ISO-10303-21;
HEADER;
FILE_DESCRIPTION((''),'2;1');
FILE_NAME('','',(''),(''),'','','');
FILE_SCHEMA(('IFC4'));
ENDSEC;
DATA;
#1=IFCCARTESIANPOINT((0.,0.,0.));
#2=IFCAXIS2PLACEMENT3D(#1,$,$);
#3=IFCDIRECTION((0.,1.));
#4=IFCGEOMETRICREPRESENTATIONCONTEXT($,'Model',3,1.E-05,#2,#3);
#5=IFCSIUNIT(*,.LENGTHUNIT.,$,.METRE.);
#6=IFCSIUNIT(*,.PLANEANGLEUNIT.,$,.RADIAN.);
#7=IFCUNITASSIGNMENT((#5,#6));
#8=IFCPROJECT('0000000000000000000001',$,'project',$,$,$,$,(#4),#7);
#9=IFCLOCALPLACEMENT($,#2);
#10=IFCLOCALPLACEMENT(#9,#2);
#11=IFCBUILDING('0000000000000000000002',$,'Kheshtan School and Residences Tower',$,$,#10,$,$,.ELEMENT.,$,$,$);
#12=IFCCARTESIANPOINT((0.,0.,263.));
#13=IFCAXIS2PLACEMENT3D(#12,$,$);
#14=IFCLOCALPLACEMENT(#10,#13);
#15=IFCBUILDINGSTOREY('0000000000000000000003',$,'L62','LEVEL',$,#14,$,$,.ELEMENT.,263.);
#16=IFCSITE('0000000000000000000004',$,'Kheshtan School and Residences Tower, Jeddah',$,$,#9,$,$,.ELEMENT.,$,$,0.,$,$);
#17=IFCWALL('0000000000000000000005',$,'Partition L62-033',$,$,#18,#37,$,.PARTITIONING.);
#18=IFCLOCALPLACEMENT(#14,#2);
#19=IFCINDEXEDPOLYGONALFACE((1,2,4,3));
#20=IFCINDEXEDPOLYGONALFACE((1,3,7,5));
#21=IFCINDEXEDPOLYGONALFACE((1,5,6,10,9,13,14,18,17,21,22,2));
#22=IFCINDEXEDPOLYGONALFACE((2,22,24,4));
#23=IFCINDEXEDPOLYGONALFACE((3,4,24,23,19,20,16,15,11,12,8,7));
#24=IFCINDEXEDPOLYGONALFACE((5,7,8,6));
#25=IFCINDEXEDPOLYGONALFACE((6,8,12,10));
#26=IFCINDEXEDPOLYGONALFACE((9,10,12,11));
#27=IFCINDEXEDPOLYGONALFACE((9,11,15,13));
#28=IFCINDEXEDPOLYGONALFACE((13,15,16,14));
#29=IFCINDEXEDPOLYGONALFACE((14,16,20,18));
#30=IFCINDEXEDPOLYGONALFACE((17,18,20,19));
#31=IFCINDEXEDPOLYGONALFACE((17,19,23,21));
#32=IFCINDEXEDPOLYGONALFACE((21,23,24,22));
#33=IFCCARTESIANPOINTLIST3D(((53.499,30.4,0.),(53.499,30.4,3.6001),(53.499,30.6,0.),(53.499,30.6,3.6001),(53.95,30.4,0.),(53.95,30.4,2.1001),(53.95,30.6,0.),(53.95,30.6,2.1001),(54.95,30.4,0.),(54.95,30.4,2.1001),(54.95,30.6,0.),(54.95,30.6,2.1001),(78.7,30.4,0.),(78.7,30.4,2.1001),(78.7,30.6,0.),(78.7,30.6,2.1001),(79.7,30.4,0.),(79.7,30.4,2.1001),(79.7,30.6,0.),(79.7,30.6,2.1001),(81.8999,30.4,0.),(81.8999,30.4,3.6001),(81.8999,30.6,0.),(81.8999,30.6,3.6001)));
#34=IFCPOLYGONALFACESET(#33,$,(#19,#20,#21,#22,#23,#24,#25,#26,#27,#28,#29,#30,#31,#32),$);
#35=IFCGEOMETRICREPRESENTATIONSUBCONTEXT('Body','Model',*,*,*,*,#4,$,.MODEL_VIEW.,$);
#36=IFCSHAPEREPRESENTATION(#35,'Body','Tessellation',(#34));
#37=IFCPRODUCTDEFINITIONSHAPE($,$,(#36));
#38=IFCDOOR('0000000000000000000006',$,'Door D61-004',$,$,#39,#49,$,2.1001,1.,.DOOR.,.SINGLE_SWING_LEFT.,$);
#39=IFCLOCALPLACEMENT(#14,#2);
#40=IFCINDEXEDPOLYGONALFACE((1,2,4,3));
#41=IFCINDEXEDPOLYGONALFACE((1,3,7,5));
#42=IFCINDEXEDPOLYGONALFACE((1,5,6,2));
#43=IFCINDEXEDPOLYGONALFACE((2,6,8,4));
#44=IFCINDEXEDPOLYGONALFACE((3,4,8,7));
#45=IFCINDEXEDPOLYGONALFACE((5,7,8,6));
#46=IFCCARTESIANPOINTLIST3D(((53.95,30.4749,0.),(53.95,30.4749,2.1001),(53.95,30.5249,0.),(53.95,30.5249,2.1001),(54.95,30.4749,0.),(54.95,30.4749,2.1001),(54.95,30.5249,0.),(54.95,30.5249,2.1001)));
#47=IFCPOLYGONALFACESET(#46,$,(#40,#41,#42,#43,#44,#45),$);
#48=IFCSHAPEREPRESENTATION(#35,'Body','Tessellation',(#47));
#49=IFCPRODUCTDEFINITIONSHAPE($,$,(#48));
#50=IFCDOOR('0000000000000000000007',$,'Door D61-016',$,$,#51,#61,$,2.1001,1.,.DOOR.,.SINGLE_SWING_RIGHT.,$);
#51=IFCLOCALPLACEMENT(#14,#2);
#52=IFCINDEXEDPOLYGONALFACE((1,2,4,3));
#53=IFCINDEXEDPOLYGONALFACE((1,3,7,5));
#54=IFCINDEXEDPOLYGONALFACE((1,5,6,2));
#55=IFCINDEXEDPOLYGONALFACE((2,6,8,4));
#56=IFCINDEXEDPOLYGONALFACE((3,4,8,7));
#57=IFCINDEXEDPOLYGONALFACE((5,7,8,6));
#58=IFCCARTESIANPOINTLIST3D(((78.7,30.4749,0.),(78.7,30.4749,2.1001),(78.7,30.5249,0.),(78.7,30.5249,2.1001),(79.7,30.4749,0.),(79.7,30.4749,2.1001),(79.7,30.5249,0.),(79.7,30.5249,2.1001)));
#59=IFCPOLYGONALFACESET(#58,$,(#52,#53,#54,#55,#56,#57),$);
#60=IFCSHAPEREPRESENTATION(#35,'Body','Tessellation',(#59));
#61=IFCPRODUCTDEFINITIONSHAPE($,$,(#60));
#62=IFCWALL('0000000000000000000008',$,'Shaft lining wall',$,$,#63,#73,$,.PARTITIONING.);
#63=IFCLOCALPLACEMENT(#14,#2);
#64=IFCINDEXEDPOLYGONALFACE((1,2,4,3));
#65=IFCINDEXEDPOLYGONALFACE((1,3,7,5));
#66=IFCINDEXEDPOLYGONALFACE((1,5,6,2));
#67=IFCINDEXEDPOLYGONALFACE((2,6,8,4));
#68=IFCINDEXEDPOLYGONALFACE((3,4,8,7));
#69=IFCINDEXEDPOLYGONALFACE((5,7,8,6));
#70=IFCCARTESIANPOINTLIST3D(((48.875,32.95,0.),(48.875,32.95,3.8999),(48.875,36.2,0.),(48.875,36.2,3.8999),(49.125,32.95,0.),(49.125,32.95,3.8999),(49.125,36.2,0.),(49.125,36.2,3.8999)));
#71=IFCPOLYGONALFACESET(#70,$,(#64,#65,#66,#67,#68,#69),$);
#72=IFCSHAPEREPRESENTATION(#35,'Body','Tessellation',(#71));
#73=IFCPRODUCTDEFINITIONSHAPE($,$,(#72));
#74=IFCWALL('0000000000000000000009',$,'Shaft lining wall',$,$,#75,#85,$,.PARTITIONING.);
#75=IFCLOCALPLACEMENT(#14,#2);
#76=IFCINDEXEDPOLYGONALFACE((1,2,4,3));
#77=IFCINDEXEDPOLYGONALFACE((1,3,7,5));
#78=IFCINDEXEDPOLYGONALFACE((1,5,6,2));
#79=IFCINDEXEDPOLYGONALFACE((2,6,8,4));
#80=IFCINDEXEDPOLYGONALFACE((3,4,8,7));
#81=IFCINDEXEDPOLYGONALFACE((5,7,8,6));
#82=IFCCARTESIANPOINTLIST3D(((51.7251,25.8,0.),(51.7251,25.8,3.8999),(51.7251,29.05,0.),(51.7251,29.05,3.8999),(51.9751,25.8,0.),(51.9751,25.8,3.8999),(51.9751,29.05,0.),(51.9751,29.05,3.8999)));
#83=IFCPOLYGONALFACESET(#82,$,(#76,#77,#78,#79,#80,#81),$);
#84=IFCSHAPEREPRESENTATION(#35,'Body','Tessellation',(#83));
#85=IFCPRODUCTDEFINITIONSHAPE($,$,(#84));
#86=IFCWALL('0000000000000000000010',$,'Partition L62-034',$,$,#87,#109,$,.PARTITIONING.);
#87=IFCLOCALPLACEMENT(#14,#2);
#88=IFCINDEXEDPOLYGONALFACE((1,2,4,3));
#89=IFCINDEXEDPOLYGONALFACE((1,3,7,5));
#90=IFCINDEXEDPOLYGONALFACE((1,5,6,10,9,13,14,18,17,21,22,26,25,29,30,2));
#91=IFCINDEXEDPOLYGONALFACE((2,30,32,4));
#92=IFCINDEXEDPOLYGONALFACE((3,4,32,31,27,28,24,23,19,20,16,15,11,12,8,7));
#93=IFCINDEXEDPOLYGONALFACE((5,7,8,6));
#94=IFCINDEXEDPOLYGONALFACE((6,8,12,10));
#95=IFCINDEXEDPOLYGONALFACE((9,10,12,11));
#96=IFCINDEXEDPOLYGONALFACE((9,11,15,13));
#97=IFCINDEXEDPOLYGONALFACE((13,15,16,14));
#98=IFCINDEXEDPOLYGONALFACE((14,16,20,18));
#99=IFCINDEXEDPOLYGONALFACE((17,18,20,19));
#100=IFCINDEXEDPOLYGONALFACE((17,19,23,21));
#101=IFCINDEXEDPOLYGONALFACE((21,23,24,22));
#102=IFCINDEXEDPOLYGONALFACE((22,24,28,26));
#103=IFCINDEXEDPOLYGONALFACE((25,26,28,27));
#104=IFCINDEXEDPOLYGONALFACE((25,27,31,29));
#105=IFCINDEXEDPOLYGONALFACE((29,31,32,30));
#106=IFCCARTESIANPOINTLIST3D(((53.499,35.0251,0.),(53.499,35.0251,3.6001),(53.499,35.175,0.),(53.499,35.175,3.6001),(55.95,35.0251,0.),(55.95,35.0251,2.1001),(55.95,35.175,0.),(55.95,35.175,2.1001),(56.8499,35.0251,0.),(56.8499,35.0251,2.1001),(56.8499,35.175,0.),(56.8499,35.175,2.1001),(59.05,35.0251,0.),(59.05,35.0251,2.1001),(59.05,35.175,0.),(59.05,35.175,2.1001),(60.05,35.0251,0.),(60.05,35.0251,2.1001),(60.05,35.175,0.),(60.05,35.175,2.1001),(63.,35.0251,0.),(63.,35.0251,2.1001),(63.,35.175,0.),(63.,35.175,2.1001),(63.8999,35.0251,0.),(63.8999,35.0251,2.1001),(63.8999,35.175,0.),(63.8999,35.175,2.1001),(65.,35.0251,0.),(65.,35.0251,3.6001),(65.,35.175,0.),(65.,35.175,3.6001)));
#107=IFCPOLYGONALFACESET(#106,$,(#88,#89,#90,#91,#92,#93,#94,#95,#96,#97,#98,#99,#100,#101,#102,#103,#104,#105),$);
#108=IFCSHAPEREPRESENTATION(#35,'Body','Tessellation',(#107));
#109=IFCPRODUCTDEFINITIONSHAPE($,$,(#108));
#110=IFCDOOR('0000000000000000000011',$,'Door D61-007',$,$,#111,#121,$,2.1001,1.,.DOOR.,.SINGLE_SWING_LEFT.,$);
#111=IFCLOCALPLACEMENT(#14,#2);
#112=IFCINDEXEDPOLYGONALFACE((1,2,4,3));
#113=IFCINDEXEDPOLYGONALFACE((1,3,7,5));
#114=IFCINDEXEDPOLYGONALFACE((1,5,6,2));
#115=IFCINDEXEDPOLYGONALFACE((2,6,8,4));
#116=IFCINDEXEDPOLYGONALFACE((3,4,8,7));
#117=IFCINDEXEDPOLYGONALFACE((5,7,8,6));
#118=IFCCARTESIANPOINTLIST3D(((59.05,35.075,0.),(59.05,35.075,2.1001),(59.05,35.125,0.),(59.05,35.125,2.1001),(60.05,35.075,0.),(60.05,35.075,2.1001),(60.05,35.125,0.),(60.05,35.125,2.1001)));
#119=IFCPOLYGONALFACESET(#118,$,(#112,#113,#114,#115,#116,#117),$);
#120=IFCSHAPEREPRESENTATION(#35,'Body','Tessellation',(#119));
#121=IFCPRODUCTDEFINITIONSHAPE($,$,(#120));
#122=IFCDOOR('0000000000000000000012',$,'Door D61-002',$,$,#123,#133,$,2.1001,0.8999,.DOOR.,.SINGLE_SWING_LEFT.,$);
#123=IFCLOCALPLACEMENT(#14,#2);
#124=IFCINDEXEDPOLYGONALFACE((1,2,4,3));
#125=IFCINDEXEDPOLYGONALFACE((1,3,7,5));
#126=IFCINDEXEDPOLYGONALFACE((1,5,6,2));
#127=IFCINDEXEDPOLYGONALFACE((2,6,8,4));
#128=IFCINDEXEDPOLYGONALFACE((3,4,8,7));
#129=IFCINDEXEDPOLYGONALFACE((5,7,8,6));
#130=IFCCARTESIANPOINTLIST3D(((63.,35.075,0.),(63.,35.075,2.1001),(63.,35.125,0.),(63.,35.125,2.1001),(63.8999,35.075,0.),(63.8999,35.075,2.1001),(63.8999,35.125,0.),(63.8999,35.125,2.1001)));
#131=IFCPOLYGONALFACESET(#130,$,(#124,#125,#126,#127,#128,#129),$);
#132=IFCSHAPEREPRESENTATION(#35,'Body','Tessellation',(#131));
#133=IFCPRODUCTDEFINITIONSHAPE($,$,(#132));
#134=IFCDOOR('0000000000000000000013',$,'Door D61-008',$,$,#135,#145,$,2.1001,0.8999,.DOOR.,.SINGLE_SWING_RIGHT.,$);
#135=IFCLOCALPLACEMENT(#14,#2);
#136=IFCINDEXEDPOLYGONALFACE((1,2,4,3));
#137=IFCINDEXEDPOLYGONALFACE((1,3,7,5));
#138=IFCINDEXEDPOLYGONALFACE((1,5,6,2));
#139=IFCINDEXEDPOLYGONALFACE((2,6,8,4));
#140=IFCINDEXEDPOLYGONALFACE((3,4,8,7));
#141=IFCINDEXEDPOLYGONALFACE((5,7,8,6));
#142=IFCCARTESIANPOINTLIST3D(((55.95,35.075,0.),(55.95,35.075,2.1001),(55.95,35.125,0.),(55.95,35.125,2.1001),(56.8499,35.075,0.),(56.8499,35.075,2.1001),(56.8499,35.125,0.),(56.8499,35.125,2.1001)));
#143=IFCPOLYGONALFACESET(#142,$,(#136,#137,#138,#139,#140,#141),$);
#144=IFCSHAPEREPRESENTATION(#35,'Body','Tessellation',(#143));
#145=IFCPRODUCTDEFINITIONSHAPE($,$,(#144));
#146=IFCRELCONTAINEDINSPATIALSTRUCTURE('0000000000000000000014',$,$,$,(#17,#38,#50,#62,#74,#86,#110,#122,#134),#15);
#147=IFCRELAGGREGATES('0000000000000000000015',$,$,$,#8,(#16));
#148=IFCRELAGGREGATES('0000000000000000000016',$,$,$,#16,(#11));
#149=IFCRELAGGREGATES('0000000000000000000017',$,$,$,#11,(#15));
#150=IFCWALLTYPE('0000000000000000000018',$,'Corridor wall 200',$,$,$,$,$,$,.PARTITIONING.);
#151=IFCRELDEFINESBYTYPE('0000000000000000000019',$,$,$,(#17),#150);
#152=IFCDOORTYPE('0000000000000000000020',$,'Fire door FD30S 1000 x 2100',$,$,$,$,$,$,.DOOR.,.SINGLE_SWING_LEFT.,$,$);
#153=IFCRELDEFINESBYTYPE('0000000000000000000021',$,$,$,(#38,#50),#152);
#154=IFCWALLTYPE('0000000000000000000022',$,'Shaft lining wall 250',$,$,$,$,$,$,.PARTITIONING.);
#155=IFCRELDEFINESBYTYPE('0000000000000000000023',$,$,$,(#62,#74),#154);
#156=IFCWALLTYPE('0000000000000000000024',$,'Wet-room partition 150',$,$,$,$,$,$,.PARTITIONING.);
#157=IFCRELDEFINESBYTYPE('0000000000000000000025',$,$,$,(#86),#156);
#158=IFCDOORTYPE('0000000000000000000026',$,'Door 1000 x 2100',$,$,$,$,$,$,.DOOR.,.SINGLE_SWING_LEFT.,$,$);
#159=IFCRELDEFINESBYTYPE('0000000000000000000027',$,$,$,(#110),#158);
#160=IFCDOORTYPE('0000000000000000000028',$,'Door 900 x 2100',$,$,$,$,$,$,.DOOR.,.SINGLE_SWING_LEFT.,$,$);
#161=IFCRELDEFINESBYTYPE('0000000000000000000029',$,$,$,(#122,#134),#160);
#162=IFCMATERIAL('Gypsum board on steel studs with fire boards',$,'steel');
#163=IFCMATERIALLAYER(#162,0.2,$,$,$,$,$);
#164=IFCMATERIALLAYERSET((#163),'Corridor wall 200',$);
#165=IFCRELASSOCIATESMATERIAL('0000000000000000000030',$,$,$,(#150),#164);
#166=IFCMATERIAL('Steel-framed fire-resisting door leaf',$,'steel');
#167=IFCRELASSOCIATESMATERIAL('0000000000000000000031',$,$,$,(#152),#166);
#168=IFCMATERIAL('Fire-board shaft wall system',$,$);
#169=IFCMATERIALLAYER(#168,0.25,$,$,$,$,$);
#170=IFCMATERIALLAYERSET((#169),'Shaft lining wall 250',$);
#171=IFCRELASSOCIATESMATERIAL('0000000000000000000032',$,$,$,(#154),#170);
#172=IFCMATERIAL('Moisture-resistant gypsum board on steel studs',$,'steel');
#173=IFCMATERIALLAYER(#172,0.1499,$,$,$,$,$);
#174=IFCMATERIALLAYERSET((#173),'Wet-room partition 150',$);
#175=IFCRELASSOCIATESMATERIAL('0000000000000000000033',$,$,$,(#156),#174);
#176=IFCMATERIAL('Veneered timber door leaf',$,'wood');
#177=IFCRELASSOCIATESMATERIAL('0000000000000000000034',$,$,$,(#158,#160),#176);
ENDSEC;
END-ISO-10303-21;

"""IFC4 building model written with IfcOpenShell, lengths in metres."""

from ifc_helpers import new_model, si_unit, direction, frame, frame_2d, origin, place, context, subcontext, project, spatial, rectangle, extrude, source, transform, mapped, material, layer, layer_set, type_object, element, fill, save


model = new_model("IFC4")

# Units and contexts
model_context = context("Model", 3, precision=1e-05, world=origin(), true_north=direction((0.0, 1.0)))
body_context = subcontext(model_context, "Body", "Model", "MODEL_VIEW")
ifc_project = project(units=[si_unit("LENGTHUNIT", "METRE"), si_unit("PLANEANGLEUNIT", "RADIAN")], contexts=[model_context])

# Site, building, storey
site_placement = place(None, origin())
site = spatial("IfcSite", under=ifc_project, at=site_placement, Name="Kheshtan School and Residences Tower, Jeddah", CompositionType="ELEMENT", RefElevation=0.0)
building_placement = place(site_placement, origin())
building = spatial("IfcBuilding", under=site, at=building_placement, Name="Kheshtan School and Residences Tower", CompositionType="ELEMENT")
storey_placement = place(building_placement, frame((0.0, 0.0, 263.0)))
storey = spatial("IfcBuildingStorey", under=building, at=storey_placement, Name="L62", Description="LEVEL", CompositionType="ELEMENT", Elevation=263.0)

# Wall, openings, doors
ifc_material_1 = material(Name="Gypsum board on steel studs with fire boards", Category="steel")
ifc_layer_1 = layer(ifc_material_1, 0.2)
ifc_layer_set_1 = layer_set([ifc_layer_1], Name="Corridor wall 200")
wall_type_1 = type_object("IfcWallType", Name="Corridor wall 200", PredefinedType="PARTITIONING", material=ifc_layer_set_1)
wall_1_placement = place(storey_placement, frame((53.499, 30.5, 0.0), z_axis=(0.0, 0.0, 1.0), x_axis=(1.0, 0.0, 0.0)))
wall_1 = element("IfcWall", 1, at=wall_1_placement, inside=storey, type_object=wall_type_1, Name="Partition L62-033", PredefinedType="PARTITIONING", context=body_context, shape_type="SweptSolid", body=[
    extrude(rectangle(XDim=28.4009, YDim=0.2, at=frame_2d((14.2004, 0.0))), origin(), (0.0, 0.0, 1.0), 3.6001),
])
opening_1_placement = place(wall_1_placement, frame((0.4509, 0.0, 0.0)))
opening_1 = element("IfcOpeningElement", 2, at=opening_1_placement, cuts=wall_1, PredefinedType="OPENING", context=body_context, shape_type="SweptSolid", body=[
    extrude(rectangle(XDim=1.0, YDim=2.1001, at=frame_2d((0.5, 1.05))), frame((0.0, 0.1099, 0.0), z_axis=(0.0, -1.0, 0.0), x_axis=(1.0, 0.0, 0.0)), (0.0, 0.0, 1.0), 0.22),
])
opening_2_placement = place(wall_1_placement, frame((25.2009, 0.0, 0.0)))
opening_2 = element("IfcOpeningElement", 3, at=opening_2_placement, cuts=wall_1, PredefinedType="OPENING", context=body_context, shape_type="SweptSolid", body=[
    extrude(rectangle(XDim=1.0, YDim=2.1001, at=frame_2d((0.5, 1.05))), frame((0.0, 0.1099, 0.0), z_axis=(0.0, -1.0, 0.0), x_axis=(1.0, 0.0, 0.0)), (0.0, 0.0, 1.0), 0.22),
])
ifc_material_2 = material(Name="Steel-framed fire-resisting door leaf", Category="steel")
door_type_1 = type_object("IfcDoorType", Name="Fire door FD30S 1000 x 2100", OperationType="SINGLE_SWING_LEFT", PredefinedType="DOOR", material=ifc_material_2)
shared_shape_1 = source(origin(), body_context, "Body", "SweptSolid", [
    extrude(rectangle(XDim=1.0, YDim=2.1001, at=frame_2d((0.5, 1.05))), frame((0.0, 0.0249, 0.0), z_axis=(0.0, -1.0, 0.0), x_axis=(1.0, 0.0, 0.0)), (0.0, 0.0, 1.0), 0.05),
])
door_1_placement = place(opening_1_placement, origin())
door_1 = element("IfcDoor", 4, at=door_1_placement, inside=storey, type_object=door_type_1, Name="Door D61-004", OperationType="SINGLE_SWING_LEFT", OverallHeight=2.1001, OverallWidth=1.0, PredefinedType="DOOR", context=body_context, shape_type="MappedRepresentation", body=[
    mapped(shared_shape_1, transform((0.0, 0.0, 0.0), x_axis=(1.0, 0.0, 0.0), y_axis=(0.0, 1.0, 0.0), z_axis=(0.0, 0.0, 1.0), scale=1.0)),
])
fill(opening_1, door_1)
door_2_placement = place(opening_2_placement, origin())
door_2 = element("IfcDoor", 5, at=door_2_placement, inside=storey, type_object=door_type_1, Name="Door D61-016", OperationType="SINGLE_SWING_RIGHT", OverallHeight=2.1001, OverallWidth=1.0, PredefinedType="DOOR", context=body_context, shape_type="MappedRepresentation", body=[
    mapped(shared_shape_1, transform((0.0, 0.0, 0.0), x_axis=(1.0, 0.0, 0.0), y_axis=(0.0, 1.0, 0.0), z_axis=(0.0, 0.0, 1.0), scale=1.0)),
])
fill(opening_2, door_2)

# Walls
ifc_material_3 = material(Name="Fire-board shaft wall system")
ifc_layer_2 = layer(ifc_material_3, 0.25)
ifc_layer_set_2 = layer_set([ifc_layer_2], Name="Shaft lining wall 250")
wall_type_2 = type_object("IfcWallType", Name="Shaft lining wall 250", PredefinedType="PARTITIONING", material=ifc_layer_set_2)
for number, where, z_axis, x_axis, name in (
    (6, (49.0, 32.95, 0.0), (0.0, 0.0, 1.0), (0.0, 1.0, 0.0), "Shaft lining wall"),
    (7, (51.8501, 25.8, 0.0), (0.0, 0.0, 1.0), (0.0, 1.0, 0.0), "Shaft lining wall"),
):
    element("IfcWall", number, at=place(storey_placement, frame(where, z_axis=z_axis, x_axis=x_axis)), inside=storey, type_object=wall_type_2, Name=name, PredefinedType="PARTITIONING", context=body_context, shape_type="SweptSolid", body=[
        extrude(rectangle(XDim=3.25, YDim=0.25, at=frame_2d((1.625, 0.0))), origin(), (0.0, 0.0, 1.0), 3.8999),
    ])

# Wall, openings, doors
ifc_material_4 = material(Name="Moisture-resistant gypsum board on steel studs", Category="steel")
ifc_layer_3 = layer(ifc_material_4, 0.1499)
ifc_layer_set_3 = layer_set([ifc_layer_3], Name="Wet-room partition 150")
wall_type_3 = type_object("IfcWallType", Name="Wet-room partition 150", PredefinedType="PARTITIONING", material=ifc_layer_set_3)
wall_2_placement = place(storey_placement, frame((53.499, 35.1001, 0.0), z_axis=(0.0, 0.0, 1.0), x_axis=(1.0, 0.0, 0.0)))
wall_2 = element("IfcWall", 8, at=wall_2_placement, inside=storey, type_object=wall_type_3, Name="Partition L62-034", PredefinedType="PARTITIONING", context=body_context, shape_type="SweptSolid", body=[
    extrude(rectangle(XDim=11.501, YDim=0.1499, at=frame_2d((5.7505, 0.0))), origin(), (0.0, 0.0, 1.0), 3.6001),
])
opening_3_placement = place(wall_2_placement, frame((9.501, 0.0, 0.0)))
opening_3 = element("IfcOpeningElement", 9, at=opening_3_placement, cuts=wall_2, PredefinedType="OPENING", context=body_context, shape_type="SweptSolid", body=[
    extrude(rectangle(XDim=0.8999, YDim=2.1001, at=frame_2d((0.45, 1.05))), frame((0.0, 0.085, 0.0), z_axis=(0.0, -1.0, 0.0), x_axis=(1.0, 0.0, 0.0)), (0.0, 0.0, 1.0), 0.1699),
])
opening_4_placement = place(wall_2_placement, frame((5.551, 0.0, 0.0)))
opening_4 = element("IfcOpeningElement", 10, at=opening_4_placement, cuts=wall_2, PredefinedType="OPENING", context=body_context, shape_type="SweptSolid", body=[
    extrude(rectangle(XDim=1.0, YDim=2.1001, at=frame_2d((0.5, 1.05))), frame((0.0, 0.085, 0.0), z_axis=(0.0, -1.0, 0.0), x_axis=(1.0, 0.0, 0.0)), (0.0, 0.0, 1.0), 0.1699),
])
opening_5_placement = place(wall_2_placement, frame((2.4509, 0.0, 0.0)))
opening_5 = element("IfcOpeningElement", 11, at=opening_5_placement, cuts=wall_2, PredefinedType="OPENING", context=body_context, shape_type="SweptSolid", body=[
    extrude(rectangle(XDim=0.8999, YDim=2.1001, at=frame_2d((0.45, 1.05))), frame((0.0, 0.085, 0.0), z_axis=(0.0, -1.0, 0.0), x_axis=(1.0, 0.0, 0.0)), (0.0, 0.0, 1.0), 0.1699),
])
ifc_material_5 = material(Name="Veneered timber door leaf", Category="wood")
door_type_2 = type_object("IfcDoorType", Name="Door 1000 x 2100", OperationType="SINGLE_SWING_LEFT", PredefinedType="DOOR", material=ifc_material_5)
shared_shape_2 = source(origin(), body_context, "Body", "SweptSolid", [
    extrude(rectangle(XDim=1.0, YDim=2.1001, at=frame_2d((0.5, 1.05))), frame((0.0, 0.0249, 0.0), z_axis=(0.0, -1.0, 0.0), x_axis=(1.0, 0.0, 0.0)), (0.0, 0.0, 1.0), 0.05),
])
door_3_placement = place(opening_4_placement, origin())
door_3 = element("IfcDoor", 12, at=door_3_placement, inside=storey, type_object=door_type_2, Name="Door D61-007", OperationType="SINGLE_SWING_LEFT", OverallHeight=2.1001, OverallWidth=1.0, PredefinedType="DOOR", context=body_context, shape_type="MappedRepresentation", body=[
    mapped(shared_shape_2, transform((0.0, 0.0, 0.0), x_axis=(1.0, 0.0, 0.0), y_axis=(0.0, 1.0, 0.0), z_axis=(0.0, 0.0, 1.0), scale=1.0)),
])
fill(opening_4, door_3)
door_type_3 = type_object("IfcDoorType", Name="Door 900 x 2100", OperationType="SINGLE_SWING_LEFT", PredefinedType="DOOR", material=ifc_material_5)
shared_shape_3 = source(origin(), body_context, "Body", "SweptSolid", [
    extrude(rectangle(XDim=0.8999, YDim=2.1001, at=frame_2d((0.45, 1.05))), frame((0.0, 0.0249, 0.0), z_axis=(0.0, -1.0, 0.0), x_axis=(1.0, 0.0, 0.0)), (0.0, 0.0, 1.0), 0.05),
])
door_4_placement = place(opening_3_placement, origin())
door_4 = element("IfcDoor", 13, at=door_4_placement, inside=storey, type_object=door_type_3, Name="Door D61-002", OperationType="SINGLE_SWING_LEFT", OverallHeight=2.1001, OverallWidth=0.8999, PredefinedType="DOOR", context=body_context, shape_type="MappedRepresentation", body=[
    mapped(shared_shape_3, transform((0.0, 0.0, 0.0), x_axis=(1.0, 0.0, 0.0), y_axis=(0.0, 1.0, 0.0), z_axis=(0.0, 0.0, 1.0), scale=1.0)),
])
fill(opening_3, door_4)
door_5_placement = place(opening_5_placement, origin())
door_5 = element("IfcDoor", 14, at=door_5_placement, inside=storey, type_object=door_type_3, Name="Door D61-008", OperationType="SINGLE_SWING_RIGHT", OverallHeight=2.1001, OverallWidth=0.8999, PredefinedType="DOOR", context=body_context, shape_type="MappedRepresentation", body=[
    mapped(shared_shape_3, transform((0.0, 0.0, 0.0), x_axis=(1.0, 0.0, 0.0), y_axis=(0.0, 1.0, 0.0), z_axis=(0.0, 0.0, 1.0), scale=1.0)),
])
fill(opening_5, door_5)

save(model, "model.ifc")
